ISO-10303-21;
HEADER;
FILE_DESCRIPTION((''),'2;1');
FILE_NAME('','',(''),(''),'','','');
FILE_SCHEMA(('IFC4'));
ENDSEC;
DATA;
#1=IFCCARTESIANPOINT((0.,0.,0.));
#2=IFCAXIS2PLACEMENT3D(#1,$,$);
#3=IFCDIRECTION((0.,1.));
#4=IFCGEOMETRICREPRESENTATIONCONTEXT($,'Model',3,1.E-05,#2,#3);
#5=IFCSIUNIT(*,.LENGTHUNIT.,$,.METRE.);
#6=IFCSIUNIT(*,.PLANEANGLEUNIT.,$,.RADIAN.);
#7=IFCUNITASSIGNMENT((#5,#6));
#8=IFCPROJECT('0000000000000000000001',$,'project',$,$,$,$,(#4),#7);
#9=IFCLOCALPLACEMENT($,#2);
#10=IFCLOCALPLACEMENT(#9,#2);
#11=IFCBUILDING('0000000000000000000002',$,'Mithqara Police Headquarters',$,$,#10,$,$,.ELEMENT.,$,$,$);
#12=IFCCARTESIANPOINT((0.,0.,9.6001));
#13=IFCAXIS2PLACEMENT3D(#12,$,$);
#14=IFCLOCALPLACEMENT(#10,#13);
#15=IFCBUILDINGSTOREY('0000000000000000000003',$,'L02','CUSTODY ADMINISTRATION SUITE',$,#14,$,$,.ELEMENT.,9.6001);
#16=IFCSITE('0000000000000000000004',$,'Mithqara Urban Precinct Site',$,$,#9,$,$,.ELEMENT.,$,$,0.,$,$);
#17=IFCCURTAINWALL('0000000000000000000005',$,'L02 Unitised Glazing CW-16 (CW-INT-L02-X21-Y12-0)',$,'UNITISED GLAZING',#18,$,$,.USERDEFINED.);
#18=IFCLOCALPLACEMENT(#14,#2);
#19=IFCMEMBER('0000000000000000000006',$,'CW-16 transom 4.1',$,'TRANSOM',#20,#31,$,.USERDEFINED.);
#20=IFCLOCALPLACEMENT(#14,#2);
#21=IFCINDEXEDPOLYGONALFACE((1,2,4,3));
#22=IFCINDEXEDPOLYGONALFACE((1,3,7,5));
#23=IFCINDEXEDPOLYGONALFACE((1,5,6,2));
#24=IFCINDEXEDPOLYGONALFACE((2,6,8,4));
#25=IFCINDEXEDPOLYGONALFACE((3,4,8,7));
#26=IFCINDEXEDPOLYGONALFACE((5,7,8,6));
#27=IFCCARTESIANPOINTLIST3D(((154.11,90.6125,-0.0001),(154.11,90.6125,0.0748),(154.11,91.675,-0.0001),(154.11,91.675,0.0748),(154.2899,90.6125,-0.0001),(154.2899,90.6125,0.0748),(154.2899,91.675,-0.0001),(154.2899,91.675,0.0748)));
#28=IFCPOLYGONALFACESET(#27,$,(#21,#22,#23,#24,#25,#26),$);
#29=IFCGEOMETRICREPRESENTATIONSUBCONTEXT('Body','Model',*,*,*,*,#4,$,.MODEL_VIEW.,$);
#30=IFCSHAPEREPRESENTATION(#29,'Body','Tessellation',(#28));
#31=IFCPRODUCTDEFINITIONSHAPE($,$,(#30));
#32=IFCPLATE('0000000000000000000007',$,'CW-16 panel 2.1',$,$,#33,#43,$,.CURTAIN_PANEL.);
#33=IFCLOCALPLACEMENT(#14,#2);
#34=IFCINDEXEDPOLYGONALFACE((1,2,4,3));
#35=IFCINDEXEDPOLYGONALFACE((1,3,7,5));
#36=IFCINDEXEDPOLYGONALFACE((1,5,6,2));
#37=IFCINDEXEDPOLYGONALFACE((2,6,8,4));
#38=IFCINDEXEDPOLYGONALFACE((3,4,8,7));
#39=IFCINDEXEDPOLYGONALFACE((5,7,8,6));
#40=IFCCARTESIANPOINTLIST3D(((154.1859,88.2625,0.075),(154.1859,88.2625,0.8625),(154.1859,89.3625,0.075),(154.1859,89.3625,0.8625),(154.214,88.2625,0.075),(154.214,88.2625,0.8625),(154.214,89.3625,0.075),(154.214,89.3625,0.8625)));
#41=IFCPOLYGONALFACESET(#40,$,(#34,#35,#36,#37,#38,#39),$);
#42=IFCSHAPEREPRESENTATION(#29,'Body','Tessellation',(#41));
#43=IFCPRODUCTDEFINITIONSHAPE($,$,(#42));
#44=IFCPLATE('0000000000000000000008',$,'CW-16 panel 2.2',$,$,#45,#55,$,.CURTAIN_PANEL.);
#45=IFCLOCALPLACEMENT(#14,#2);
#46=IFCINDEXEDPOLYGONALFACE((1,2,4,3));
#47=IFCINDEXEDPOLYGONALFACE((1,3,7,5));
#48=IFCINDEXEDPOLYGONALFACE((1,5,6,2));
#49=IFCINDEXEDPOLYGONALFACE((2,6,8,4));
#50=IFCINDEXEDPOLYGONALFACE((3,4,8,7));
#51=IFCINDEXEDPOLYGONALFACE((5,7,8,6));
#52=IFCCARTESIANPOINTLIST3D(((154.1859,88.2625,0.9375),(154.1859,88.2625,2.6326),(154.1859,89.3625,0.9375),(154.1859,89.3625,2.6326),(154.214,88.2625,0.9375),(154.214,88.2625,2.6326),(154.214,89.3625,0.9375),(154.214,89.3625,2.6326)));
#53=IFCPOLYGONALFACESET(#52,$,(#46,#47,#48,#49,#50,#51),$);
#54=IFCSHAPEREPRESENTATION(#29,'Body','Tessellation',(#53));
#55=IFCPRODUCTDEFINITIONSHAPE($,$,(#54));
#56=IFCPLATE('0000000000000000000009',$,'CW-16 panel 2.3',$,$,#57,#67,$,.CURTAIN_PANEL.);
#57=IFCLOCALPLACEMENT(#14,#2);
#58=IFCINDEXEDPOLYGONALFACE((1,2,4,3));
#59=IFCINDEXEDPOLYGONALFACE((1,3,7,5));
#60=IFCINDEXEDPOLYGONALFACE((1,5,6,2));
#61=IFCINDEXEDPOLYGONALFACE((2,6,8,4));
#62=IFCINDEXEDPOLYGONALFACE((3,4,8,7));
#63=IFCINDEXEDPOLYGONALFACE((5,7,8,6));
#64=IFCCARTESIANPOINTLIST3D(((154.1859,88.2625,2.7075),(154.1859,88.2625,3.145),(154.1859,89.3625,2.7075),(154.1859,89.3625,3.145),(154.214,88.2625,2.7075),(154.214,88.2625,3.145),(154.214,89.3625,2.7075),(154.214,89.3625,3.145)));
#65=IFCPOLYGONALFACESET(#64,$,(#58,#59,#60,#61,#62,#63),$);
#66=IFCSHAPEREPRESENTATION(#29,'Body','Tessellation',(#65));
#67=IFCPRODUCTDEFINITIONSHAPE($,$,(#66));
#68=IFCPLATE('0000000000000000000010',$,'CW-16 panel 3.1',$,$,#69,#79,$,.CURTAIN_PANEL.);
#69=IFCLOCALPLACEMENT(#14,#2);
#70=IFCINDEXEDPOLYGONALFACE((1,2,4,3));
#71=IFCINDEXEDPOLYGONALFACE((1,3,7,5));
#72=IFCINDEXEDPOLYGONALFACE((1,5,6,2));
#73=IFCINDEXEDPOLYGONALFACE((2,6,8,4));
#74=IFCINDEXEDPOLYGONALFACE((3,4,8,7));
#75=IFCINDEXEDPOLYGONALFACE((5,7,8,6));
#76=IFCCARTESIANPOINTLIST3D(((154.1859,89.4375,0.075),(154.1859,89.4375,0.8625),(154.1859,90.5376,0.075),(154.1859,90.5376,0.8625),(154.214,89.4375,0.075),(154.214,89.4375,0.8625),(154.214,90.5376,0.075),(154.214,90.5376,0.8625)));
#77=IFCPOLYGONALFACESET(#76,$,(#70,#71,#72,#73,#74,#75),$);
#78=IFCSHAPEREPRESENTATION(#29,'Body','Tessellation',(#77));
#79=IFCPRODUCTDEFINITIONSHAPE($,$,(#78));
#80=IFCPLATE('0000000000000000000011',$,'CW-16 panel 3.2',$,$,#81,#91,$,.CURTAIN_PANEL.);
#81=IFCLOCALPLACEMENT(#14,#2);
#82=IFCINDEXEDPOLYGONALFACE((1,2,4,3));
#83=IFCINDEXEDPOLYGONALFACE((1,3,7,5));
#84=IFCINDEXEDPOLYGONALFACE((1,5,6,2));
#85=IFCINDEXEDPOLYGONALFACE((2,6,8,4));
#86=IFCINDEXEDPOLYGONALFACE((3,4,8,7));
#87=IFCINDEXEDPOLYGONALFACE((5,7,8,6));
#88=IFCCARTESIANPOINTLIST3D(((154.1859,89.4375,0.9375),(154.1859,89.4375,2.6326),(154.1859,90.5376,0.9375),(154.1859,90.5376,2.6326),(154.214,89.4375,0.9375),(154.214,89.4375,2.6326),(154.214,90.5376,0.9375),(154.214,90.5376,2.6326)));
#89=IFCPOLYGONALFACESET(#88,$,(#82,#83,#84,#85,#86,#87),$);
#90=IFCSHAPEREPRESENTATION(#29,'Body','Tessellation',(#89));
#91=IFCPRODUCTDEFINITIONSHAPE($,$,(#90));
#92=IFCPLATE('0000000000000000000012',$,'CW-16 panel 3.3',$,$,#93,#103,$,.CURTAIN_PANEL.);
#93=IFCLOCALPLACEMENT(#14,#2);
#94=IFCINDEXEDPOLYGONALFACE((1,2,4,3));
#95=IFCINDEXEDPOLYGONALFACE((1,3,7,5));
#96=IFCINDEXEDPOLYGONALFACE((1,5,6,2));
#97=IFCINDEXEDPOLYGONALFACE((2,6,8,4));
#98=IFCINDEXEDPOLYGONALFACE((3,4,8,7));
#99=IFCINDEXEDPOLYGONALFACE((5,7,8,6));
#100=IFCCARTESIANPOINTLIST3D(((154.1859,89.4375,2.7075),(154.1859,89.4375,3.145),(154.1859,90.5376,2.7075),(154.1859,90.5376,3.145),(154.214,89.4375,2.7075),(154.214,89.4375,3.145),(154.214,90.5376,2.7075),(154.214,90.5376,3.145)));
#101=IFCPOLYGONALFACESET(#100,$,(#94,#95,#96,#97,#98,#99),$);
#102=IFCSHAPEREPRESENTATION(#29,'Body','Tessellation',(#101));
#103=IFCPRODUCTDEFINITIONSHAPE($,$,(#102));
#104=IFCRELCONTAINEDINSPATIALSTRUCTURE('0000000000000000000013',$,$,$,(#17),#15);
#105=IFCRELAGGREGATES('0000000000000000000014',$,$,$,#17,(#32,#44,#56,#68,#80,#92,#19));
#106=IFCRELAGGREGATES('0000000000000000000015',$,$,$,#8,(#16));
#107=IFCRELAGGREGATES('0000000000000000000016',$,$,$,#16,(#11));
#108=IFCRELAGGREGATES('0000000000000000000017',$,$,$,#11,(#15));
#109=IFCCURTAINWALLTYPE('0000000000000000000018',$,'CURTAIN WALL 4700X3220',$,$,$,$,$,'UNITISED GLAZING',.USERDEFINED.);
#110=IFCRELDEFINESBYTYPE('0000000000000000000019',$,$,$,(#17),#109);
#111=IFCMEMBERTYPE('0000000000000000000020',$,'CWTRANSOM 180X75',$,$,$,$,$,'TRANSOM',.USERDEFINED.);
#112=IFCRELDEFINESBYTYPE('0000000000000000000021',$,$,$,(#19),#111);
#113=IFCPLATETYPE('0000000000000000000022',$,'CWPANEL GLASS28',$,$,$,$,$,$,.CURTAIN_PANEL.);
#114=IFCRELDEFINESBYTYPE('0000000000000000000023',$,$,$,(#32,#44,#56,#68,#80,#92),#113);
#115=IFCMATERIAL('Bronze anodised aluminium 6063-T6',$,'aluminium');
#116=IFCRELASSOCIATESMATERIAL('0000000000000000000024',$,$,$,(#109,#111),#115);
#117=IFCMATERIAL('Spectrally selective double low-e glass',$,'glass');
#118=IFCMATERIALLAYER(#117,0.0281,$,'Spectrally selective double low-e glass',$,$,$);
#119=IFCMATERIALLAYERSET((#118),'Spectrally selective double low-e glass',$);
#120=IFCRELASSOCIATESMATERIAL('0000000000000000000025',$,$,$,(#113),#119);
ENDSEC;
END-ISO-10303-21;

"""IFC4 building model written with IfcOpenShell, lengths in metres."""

from ifc_helpers import new_model, si_unit, direction, frame, origin, origin_2d, place, context, subcontext, project, spatial, rectangle, extrude, material, layer, layer_set, material_profile, profile_set, type_object, element, aggregate, save


model = new_model("IFC4")

# Units and contexts
model_context = context("Model", 3, precision=1e-05, world=origin(), true_north=direction((0.0, 1.0)))
body_context = subcontext(model_context, "Body", "Model", "MODEL_VIEW")
ifc_project = project(units=[si_unit("LENGTHUNIT", "METRE"), si_unit("PLANEANGLEUNIT", "RADIAN")], contexts=[model_context])

# Site, building, storey
site_placement = place(None, origin())
site = spatial("IfcSite", under=ifc_project, at=site_placement, Name="Mithqara Urban Precinct Site", CompositionType="ELEMENT", RefElevation=0.0)
building_placement = place(site_placement, origin())
building = spatial("IfcBuilding", under=site, at=building_placement, Name="Mithqara Police Headquarters", CompositionType="ELEMENT")
storey_placement = place(building_placement, frame((0.0, 0.0, 9.6001)))
storey = spatial("IfcBuildingStorey", under=building, at=storey_placement, Name="L02", Description="CUSTODY ADMINISTRATION SUITE", CompositionType="ELEMENT", Elevation=9.6001)

# Curtain wall, member, plates
ifc_material_1 = material(Name="Bronze anodised aluminium 6063-T6", Category="aluminium")
curtain_wall_type = type_object("IfcCurtainWallType", Name="CURTAIN WALL 4700X3220", ElementType="UNITISED GLAZING", PredefinedType="USERDEFINED", material=ifc_material_1)
curtain_wall_placement = place(storey_placement, origin())
curtain_wall = element("IfcCurtainWall", 1, at=curtain_wall_placement, inside=storey, type_object=curtain_wall_type, Name="L02 Unitised Glazing CW-16 (CW-INT-L02-X21-Y12-0)", ObjectType="UNITISED GLAZING", PredefinedType="USERDEFINED")
ifc_material_profile_1 = material_profile(ifc_material_1, rectangle(XDim=0.1799, YDim=0.075, at=origin_2d()), Name="CWT 180x75")
ifc_profile_set_1 = profile_set([ifc_material_profile_1], Name="Bronze anodised aluminium 6063-T6")
member_type_1 = type_object("IfcMemberType", Name="CWTRANSOM 180X75", ElementType="TRANSOM", PredefinedType="USERDEFINED", material=ifc_profile_set_1)
member_1_placement = place(storey_placement, frame((154.2, 90.6125, 0.0374), z_axis=(0.0, 1.0, 0.0), x_axis=(-1.0, 0.0, 0.0)))
member_1 = element("IfcMember", 2, at=member_1_placement, type_object=member_type_1, Name="CW-16 transom 4.1", ObjectType="TRANSOM", PredefinedType="USERDEFINED", context=body_context, shape_type="SweptSolid", body=[
    extrude(rectangle(XDim=0.1799, YDim=0.075, at=origin_2d()), origin(), (0.0, 0.0, 1.0), 1.0625),
])
ifc_material_2 = material(Name="Spectrally selective double low-e glass", Category="glass")
ifc_layer = layer(ifc_material_2, 0.0281, Name="Spectrally selective double low-e glass")
ifc_layer_set = layer_set([ifc_layer], Name="Spectrally selective double low-e glass")
plate_type = type_object("IfcPlateType", Name="CWPANEL GLASS28", PredefinedType="CURTAIN_PANEL", material=ifc_layer_set)
plate_1_placement = place(storey_placement, frame((154.2, 88.8125, 0.075), z_axis=(0.0, 0.0, 1.0), x_axis=(0.0, 1.0, 0.0)))
plate_1 = element("IfcPlate", 3, at=plate_1_placement, type_object=plate_type, Name="CW-16 panel 2.1", PredefinedType="CURTAIN_PANEL", context=body_context, shape_type="SweptSolid", body=[
    extrude(rectangle(XDim=1.1001, YDim=0.0281, at=origin_2d()), origin(), (0.0, 0.0, 1.0), 0.7876),
])
plate_2_placement = place(storey_placement, frame((154.2, 88.8125, 0.9375), z_axis=(0.0, 0.0, 1.0), x_axis=(0.0, 1.0, 0.0)))
plate_2 = element("IfcPlate", 4, at=plate_2_placement, type_object=plate_type, Name="CW-16 panel 2.2", PredefinedType="CURTAIN_PANEL", context=body_context, shape_type="SweptSolid", body=[
    extrude(rectangle(XDim=1.1001, YDim=0.0281, at=origin_2d()), origin(), (0.0, 0.0, 1.0), 1.6951),
])
plate_3_placement = place(storey_placement, frame((154.2, 88.8125, 2.7075), z_axis=(0.0, 0.0, 1.0), x_axis=(0.0, 1.0, 0.0)))
plate_3 = element("IfcPlate", 5, at=plate_3_placement, type_object=plate_type, Name="CW-16 panel 2.3", PredefinedType="CURTAIN_PANEL", context=body_context, shape_type="SweptSolid", body=[
    extrude(rectangle(XDim=1.1001, YDim=0.0281, at=origin_2d()), origin(), (0.0, 0.0, 1.0), 0.4375),
])
plate_4_placement = place(storey_placement, frame((154.2, 89.9875, 0.075), z_axis=(0.0, 0.0, 1.0), x_axis=(0.0, 1.0, 0.0)))
plate_4 = element("IfcPlate", 6, at=plate_4_placement, type_object=plate_type, Name="CW-16 panel 3.1", PredefinedType="CURTAIN_PANEL", context=body_context, shape_type="SweptSolid", body=[
    extrude(rectangle(XDim=1.1001, YDim=0.0281, at=origin_2d()), origin(), (0.0, 0.0, 1.0), 0.7876),
])
plate_5_placement = place(storey_placement, frame((154.2, 89.9875, 0.9375), z_axis=(0.0, 0.0, 1.0), x_axis=(0.0, 1.0, 0.0)))
plate_5 = element("IfcPlate", 7, at=plate_5_placement, type_object=plate_type, Name="CW-16 panel 3.2", PredefinedType="CURTAIN_PANEL", context=body_context, shape_type="SweptSolid", body=[
    extrude(rectangle(XDim=1.1001, YDim=0.0281, at=origin_2d()), origin(), (0.0, 0.0, 1.0), 1.6951),
])
plate_6_placement = place(storey_placement, frame((154.2, 89.9875, 2.7075), z_axis=(0.0, 0.0, 1.0), x_axis=(0.0, 1.0, 0.0)))
plate_6 = element("IfcPlate", 8, at=plate_6_placement, type_object=plate_type, Name="CW-16 panel 3.3", PredefinedType="CURTAIN_PANEL", context=body_context, shape_type="SweptSolid", body=[
    extrude(rectangle(XDim=1.1001, YDim=0.0281, at=origin_2d()), origin(), (0.0, 0.0, 1.0), 0.4375),
])
aggregate(curtain_wall, [plate_1, plate_2, plate_3, plate_4, plate_5, plate_6, member_1])

save(model, "model.ifc")
